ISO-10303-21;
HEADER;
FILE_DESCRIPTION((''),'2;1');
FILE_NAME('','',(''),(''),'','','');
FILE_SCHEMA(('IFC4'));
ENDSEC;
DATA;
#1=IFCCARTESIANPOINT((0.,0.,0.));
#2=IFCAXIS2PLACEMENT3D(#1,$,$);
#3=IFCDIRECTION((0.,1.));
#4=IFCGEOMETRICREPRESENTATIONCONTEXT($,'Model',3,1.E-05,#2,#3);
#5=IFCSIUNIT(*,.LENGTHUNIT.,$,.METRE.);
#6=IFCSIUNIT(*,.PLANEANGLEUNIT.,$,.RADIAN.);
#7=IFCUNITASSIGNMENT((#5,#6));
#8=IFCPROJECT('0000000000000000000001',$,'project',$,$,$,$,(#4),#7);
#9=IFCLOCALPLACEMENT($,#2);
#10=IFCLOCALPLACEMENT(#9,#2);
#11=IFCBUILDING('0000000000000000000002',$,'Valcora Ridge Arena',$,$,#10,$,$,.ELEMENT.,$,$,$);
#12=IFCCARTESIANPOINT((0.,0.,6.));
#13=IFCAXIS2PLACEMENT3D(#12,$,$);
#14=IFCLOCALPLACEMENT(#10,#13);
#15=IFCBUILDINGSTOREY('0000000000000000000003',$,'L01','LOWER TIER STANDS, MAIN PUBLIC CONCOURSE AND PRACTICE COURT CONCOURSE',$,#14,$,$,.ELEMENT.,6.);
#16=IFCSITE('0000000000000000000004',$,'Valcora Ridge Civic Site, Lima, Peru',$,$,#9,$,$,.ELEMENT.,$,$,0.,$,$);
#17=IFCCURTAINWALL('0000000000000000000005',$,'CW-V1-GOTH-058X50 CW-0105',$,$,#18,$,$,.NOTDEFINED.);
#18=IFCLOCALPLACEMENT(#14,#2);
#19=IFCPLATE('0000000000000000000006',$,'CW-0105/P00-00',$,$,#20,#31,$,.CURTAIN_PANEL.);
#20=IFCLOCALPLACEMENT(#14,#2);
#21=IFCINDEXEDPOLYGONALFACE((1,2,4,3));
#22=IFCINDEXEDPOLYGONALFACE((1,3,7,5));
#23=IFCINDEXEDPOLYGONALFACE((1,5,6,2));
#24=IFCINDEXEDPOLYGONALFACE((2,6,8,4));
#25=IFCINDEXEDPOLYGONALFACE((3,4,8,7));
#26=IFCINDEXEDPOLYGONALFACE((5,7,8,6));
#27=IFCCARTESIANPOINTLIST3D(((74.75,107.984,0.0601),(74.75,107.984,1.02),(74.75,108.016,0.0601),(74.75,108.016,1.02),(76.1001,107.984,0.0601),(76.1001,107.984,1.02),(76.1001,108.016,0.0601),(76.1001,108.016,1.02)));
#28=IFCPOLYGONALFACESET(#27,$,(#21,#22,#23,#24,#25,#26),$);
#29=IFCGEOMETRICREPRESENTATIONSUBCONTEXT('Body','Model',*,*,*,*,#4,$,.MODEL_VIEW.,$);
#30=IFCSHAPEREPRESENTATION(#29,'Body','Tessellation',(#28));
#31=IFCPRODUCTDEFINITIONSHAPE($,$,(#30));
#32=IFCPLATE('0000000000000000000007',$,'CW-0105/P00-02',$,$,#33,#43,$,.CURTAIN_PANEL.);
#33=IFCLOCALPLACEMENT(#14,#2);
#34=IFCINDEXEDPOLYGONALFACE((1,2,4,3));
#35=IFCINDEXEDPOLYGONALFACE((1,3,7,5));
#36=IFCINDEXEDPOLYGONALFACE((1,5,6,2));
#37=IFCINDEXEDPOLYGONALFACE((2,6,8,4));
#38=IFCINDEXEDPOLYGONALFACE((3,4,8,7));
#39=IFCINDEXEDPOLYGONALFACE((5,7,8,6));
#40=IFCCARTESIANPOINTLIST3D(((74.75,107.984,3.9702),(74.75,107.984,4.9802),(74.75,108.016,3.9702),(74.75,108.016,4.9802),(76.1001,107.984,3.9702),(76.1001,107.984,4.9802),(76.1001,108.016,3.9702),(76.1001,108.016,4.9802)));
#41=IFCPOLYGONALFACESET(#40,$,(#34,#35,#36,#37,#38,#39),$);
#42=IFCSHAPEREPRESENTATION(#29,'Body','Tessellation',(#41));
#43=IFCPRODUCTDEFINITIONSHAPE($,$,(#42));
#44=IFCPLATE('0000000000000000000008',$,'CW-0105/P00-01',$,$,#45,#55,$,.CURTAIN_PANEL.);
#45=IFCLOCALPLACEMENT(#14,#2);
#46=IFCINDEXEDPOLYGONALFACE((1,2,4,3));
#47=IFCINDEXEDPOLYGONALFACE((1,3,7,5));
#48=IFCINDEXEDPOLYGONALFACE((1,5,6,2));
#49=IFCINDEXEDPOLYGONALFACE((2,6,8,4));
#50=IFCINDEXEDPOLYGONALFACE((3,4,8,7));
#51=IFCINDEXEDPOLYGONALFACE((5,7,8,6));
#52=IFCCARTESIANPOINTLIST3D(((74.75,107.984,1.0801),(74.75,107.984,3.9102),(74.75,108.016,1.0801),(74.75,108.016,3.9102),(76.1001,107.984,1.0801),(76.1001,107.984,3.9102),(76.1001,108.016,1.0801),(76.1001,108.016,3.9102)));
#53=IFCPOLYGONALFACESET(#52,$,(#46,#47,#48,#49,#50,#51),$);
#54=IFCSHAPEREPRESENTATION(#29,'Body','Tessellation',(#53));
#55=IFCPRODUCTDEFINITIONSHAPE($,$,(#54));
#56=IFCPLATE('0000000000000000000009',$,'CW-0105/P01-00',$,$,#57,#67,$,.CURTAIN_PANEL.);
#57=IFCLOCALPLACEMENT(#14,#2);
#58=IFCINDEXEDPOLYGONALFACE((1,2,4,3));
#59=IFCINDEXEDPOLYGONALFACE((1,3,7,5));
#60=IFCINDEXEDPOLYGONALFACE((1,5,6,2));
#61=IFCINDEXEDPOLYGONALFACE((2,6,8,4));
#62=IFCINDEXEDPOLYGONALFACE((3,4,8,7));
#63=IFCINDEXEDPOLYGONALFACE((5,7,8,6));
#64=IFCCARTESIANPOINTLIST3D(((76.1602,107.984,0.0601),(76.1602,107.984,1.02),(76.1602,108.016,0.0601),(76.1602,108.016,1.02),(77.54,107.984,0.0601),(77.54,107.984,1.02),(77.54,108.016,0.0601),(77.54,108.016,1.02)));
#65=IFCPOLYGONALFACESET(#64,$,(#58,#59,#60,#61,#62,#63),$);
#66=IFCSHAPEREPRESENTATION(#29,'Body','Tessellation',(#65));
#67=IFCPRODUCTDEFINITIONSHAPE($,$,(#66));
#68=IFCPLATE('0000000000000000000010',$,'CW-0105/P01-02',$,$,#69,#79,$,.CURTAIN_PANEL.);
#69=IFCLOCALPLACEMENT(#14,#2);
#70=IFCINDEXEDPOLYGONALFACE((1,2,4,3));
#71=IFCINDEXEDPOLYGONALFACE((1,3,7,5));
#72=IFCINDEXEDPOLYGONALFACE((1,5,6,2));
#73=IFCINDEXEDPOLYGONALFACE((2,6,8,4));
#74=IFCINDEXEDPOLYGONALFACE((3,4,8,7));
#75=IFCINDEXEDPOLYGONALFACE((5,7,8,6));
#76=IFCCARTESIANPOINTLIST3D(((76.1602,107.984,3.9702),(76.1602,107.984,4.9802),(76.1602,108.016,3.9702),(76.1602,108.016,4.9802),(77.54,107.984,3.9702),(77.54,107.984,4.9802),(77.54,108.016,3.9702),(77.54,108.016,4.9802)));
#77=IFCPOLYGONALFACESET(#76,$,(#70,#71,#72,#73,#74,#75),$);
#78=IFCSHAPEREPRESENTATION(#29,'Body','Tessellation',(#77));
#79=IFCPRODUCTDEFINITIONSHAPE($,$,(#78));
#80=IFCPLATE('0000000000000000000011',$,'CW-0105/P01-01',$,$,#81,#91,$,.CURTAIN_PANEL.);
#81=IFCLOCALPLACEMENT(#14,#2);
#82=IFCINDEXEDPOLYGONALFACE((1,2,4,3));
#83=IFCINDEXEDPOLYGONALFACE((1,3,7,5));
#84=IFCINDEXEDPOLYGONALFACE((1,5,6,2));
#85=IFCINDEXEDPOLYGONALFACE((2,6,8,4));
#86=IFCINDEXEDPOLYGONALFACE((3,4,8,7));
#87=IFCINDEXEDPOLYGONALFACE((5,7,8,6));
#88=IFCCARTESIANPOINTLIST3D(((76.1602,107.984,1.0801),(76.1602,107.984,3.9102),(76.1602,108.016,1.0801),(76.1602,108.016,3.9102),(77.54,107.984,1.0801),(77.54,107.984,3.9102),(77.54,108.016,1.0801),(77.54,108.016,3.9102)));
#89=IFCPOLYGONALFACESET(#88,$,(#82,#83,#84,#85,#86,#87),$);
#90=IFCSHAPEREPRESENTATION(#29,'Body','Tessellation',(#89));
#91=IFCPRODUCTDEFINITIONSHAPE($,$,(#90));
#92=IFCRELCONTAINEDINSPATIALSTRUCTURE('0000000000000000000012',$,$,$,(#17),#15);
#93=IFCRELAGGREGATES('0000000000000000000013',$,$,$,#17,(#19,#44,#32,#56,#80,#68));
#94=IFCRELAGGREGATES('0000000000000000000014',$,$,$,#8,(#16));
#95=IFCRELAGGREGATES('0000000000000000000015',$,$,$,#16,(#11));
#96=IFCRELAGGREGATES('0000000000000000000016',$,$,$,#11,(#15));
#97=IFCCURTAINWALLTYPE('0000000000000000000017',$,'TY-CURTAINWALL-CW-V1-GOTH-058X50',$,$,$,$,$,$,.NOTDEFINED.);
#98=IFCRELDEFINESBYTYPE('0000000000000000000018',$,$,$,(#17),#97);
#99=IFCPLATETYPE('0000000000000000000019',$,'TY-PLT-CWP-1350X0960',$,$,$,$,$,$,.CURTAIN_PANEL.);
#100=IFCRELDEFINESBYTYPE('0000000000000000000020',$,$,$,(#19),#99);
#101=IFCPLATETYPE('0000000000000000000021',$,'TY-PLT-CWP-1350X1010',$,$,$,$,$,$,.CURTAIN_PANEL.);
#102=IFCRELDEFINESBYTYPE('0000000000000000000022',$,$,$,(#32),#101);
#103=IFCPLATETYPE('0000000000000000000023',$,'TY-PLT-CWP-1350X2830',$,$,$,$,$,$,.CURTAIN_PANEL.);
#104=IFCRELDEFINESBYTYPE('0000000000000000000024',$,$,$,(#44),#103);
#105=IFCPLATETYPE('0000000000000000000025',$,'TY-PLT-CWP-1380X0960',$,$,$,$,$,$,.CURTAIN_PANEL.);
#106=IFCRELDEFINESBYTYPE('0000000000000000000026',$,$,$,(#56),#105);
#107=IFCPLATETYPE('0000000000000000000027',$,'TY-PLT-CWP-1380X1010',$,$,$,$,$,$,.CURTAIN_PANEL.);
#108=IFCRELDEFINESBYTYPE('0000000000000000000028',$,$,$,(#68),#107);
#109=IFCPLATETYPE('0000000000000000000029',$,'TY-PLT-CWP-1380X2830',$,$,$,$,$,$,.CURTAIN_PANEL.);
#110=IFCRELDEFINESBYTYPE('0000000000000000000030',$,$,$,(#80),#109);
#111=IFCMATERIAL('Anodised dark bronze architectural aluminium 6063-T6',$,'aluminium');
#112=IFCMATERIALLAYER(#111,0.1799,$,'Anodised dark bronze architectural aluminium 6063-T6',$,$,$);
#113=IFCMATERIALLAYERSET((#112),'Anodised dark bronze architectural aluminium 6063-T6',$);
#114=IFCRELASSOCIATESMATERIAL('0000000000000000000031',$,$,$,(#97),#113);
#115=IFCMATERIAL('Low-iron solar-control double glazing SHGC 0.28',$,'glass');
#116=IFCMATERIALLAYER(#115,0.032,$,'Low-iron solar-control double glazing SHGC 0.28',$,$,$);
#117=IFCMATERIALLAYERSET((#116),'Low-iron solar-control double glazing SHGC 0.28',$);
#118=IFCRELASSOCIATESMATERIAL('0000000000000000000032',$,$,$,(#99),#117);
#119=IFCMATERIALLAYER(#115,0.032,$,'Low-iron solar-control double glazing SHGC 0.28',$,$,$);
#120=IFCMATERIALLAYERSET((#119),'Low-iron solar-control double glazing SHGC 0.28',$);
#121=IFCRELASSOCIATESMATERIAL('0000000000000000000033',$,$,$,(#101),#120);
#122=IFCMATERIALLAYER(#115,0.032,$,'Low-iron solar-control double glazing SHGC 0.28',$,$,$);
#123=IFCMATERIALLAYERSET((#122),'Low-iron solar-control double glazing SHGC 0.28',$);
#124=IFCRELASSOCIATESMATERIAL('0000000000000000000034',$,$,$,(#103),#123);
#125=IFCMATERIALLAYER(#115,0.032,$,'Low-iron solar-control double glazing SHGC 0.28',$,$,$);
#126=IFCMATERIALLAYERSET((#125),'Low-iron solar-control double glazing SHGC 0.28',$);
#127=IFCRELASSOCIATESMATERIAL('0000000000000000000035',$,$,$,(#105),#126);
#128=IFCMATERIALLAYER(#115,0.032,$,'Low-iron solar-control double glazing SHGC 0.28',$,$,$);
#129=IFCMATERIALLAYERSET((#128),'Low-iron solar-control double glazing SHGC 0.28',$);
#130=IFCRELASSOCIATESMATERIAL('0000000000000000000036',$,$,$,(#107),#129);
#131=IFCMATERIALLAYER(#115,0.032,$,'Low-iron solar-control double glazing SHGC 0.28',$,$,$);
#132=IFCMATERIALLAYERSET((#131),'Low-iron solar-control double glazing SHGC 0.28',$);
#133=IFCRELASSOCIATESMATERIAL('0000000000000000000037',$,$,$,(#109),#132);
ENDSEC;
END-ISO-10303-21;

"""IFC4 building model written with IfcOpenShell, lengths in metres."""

from ifc_helpers import new_model, si_unit, direction, frame, origin, origin_2d, place, context, subcontext, project, spatial, rectangle, extrude, material, layer, layer_set, type_object, element, aggregate, save


model = new_model("IFC4")

# Units and contexts
model_context = context("Model", 3, precision=1e-05, world=origin(), true_north=direction((0.0, 1.0)))
body_context = subcontext(model_context, "Body", "Model", "MODEL_VIEW")
ifc_project = project(units=[si_unit("LENGTHUNIT", "METRE"), si_unit("PLANEANGLEUNIT", "RADIAN")], contexts=[model_context])

# Site, building, storey
site_placement = place(None, origin())
site = spatial("IfcSite", under=ifc_project, at=site_placement, Name="Valcora Ridge Civic Site, Lima, Peru", CompositionType="ELEMENT", RefElevation=0.0)
building_placement = place(site_placement, origin())
building = spatial("IfcBuilding", under=site, at=building_placement, Name="Valcora Ridge Arena", CompositionType="ELEMENT")
storey_placement = place(building_placement, frame((0.0, 0.0, 6.0)))
storey = spatial("IfcBuildingStorey", under=building, at=storey_placement, Name="L01", Description="LOWER TIER STANDS, MAIN PUBLIC CONCOURSE AND PRACTICE COURT CONCOURSE", CompositionType="ELEMENT", Elevation=6.0)

# Shared definitions
ifc_material_1 = material(Name="Anodised dark bronze architectural aluminium 6063-T6", Category="aluminium")

# Curtain wall
ifc_layer_1 = layer(ifc_material_1, 0.1799, Name="Anodised dark bronze architectural aluminium 6063-T6")
ifc_layer_set_1 = layer_set([ifc_layer_1], Name="Anodised dark bronze architectural aluminium 6063-T6")
curtain_wall_type_1 = type_object("IfcCurtainWallType", Name="TY-CURTAINWALL-CW-V1-GOTH-058X50", PredefinedType="NOTDEFINED", material=ifc_layer_set_1)
curtain_wall_1_placement = place(storey_placement, origin())
curtain_wall_1 = element("IfcCurtainWall", 1, at=curtain_wall_1_placement, inside=storey, type_object=curtain_wall_type_1, Name="CW-V1-GOTH-058X50 CW-0105", PredefinedType="NOTDEFINED")

# Plates
ifc_material_2 = material(Name="Low-iron solar-control double glazing SHGC 0.28", Category="glass")
ifc_layer_2 = layer(ifc_material_2, 0.032, Name="Low-iron solar-control double glazing SHGC 0.28")
ifc_layer_set_2 = layer_set([ifc_layer_2], Name="Low-iron solar-control double glazing SHGC 0.28")
plate_type_1 = type_object("IfcPlateType", Name="TY-PLT-CWP-1350X0960", PredefinedType="CURTAIN_PANEL", material=ifc_layer_set_2)
plate_1_placement = place(storey_placement, frame((75.425, 108.0, 0.0601), z_axis=(0.0, 0.0, 1.0), x_axis=(1.0, 0.0, 0.0)))
plate_1 = element("IfcPlate", 2, at=plate_1_placement, type_object=plate_type_1, Name="CW-0105/P00-00", PredefinedType="CURTAIN_PANEL", context=body_context, shape_type="SweptSolid", body=[
    extrude(rectangle(XDim=1.3501, YDim=0.032, at=origin_2d()), origin(), (0.0, 0.0, 1.0), 0.96),
])
ifc_layer_3 = layer(ifc_material_2, 0.032, Name="Low-iron solar-control double glazing SHGC 0.28")
ifc_layer_set_3 = layer_set([ifc_layer_3], Name="Low-iron solar-control double glazing SHGC 0.28")
plate_type_2 = type_object("IfcPlateType", Name="TY-PLT-CWP-1350X1010", PredefinedType="CURTAIN_PANEL", material=ifc_layer_set_3)
plate_2_placement = place(storey_placement, frame((75.425, 108.0, 3.9702), z_axis=(0.0, 0.0, 1.0), x_axis=(1.0, 0.0, 0.0)))
plate_2 = element("IfcPlate", 3, at=plate_2_placement, type_object=plate_type_2, Name="CW-0105/P00-02", PredefinedType="CURTAIN_PANEL", context=body_context, shape_type="SweptSolid", body=[
    extrude(rectangle(XDim=1.3501, YDim=0.032, at=origin_2d()), origin(), (0.0, 0.0, 1.0), 1.01),
])
ifc_layer_4 = layer(ifc_material_2, 0.032, Name="Low-iron solar-control double glazing SHGC 0.28")
ifc_layer_set_4 = layer_set([ifc_layer_4], Name="Low-iron solar-control double glazing SHGC 0.28")
plate_type_3 = type_object("IfcPlateType", Name="TY-PLT-CWP-1350X2830", PredefinedType="CURTAIN_PANEL", material=ifc_layer_set_4)
plate_3_placement = place(storey_placement, frame((75.425, 108.0, 1.0801), z_axis=(0.0, 0.0, 1.0), x_axis=(1.0, 0.0, 0.0)))
plate_3 = element("IfcPlate", 4, at=plate_3_placement, type_object=plate_type_3, Name="CW-0105/P00-01", PredefinedType="CURTAIN_PANEL", context=body_context, shape_type="SweptSolid", body=[
    extrude(rectangle(XDim=1.3501, YDim=0.032, at=origin_2d()), origin(), (0.0, 0.0, 1.0), 2.8301),
])
ifc_layer_5 = layer(ifc_material_2, 0.032, Name="Low-iron solar-control double glazing SHGC 0.28")
ifc_layer_set_5 = layer_set([ifc_layer_5], Name="Low-iron solar-control double glazing SHGC 0.28")
plate_type_4 = type_object("IfcPlateType", Name="TY-PLT-CWP-1380X0960", PredefinedType="CURTAIN_PANEL", material=ifc_layer_set_5)
plate_4_placement = place(storey_placement, frame((76.8501, 108.0, 0.0601), z_axis=(0.0, 0.0, 1.0), x_axis=(1.0, 0.0, 0.0)))
plate_4 = element("IfcPlate", 5, at=plate_4_placement, type_object=plate_type_4, Name="CW-0105/P01-00", PredefinedType="CURTAIN_PANEL", context=body_context, shape_type="SweptSolid", body=[
    extrude(rectangle(XDim=1.3799, YDim=0.032, at=origin_2d()), origin(), (0.0, 0.0, 1.0), 0.96),
])
ifc_layer_6 = layer(ifc_material_2, 0.032, Name="Low-iron solar-control double glazing SHGC 0.28")
ifc_layer_set_6 = layer_set([ifc_layer_6], Name="Low-iron solar-control double glazing SHGC 0.28")
plate_type_5 = type_object("IfcPlateType", Name="TY-PLT-CWP-1380X1010", PredefinedType="CURTAIN_PANEL", material=ifc_layer_set_6)
plate_5_placement = place(storey_placement, frame((76.8501, 108.0, 3.9702), z_axis=(0.0, 0.0, 1.0), x_axis=(1.0, 0.0, 0.0)))
plate_5 = element("IfcPlate", 6, at=plate_5_placement, type_object=plate_type_5, Name="CW-0105/P01-02", PredefinedType="CURTAIN_PANEL", context=body_context, shape_type="SweptSolid", body=[
    extrude(rectangle(XDim=1.3799, YDim=0.032, at=origin_2d()), origin(), (0.0, 0.0, 1.0), 1.01),
])
ifc_layer_7 = layer(ifc_material_2, 0.032, Name="Low-iron solar-control double glazing SHGC 0.28")
ifc_layer_set_7 = layer_set([ifc_layer_7], Name="Low-iron solar-control double glazing SHGC 0.28")
plate_type_6 = type_object("IfcPlateType", Name="TY-PLT-CWP-1380X2830", PredefinedType="CURTAIN_PANEL", material=ifc_layer_set_7)
plate_6_placement = place(storey_placement, frame((76.8501, 108.0, 1.0801), z_axis=(0.0, 0.0, 1.0), x_axis=(1.0, 0.0, 0.0)))
plate_6 = element("IfcPlate", 7, at=plate_6_placement, type_object=plate_type_6, Name="CW-0105/P01-01", PredefinedType="CURTAIN_PANEL", context=body_context, shape_type="SweptSolid", body=[
    extrude(rectangle(XDim=1.3799, YDim=0.032, at=origin_2d()), origin(), (0.0, 0.0, 1.0), 2.8301),
])
aggregate(curtain_wall_1, [plate_1, plate_3, plate_2, plate_4, plate_6, plate_5])

save(model, "model.ifc")
